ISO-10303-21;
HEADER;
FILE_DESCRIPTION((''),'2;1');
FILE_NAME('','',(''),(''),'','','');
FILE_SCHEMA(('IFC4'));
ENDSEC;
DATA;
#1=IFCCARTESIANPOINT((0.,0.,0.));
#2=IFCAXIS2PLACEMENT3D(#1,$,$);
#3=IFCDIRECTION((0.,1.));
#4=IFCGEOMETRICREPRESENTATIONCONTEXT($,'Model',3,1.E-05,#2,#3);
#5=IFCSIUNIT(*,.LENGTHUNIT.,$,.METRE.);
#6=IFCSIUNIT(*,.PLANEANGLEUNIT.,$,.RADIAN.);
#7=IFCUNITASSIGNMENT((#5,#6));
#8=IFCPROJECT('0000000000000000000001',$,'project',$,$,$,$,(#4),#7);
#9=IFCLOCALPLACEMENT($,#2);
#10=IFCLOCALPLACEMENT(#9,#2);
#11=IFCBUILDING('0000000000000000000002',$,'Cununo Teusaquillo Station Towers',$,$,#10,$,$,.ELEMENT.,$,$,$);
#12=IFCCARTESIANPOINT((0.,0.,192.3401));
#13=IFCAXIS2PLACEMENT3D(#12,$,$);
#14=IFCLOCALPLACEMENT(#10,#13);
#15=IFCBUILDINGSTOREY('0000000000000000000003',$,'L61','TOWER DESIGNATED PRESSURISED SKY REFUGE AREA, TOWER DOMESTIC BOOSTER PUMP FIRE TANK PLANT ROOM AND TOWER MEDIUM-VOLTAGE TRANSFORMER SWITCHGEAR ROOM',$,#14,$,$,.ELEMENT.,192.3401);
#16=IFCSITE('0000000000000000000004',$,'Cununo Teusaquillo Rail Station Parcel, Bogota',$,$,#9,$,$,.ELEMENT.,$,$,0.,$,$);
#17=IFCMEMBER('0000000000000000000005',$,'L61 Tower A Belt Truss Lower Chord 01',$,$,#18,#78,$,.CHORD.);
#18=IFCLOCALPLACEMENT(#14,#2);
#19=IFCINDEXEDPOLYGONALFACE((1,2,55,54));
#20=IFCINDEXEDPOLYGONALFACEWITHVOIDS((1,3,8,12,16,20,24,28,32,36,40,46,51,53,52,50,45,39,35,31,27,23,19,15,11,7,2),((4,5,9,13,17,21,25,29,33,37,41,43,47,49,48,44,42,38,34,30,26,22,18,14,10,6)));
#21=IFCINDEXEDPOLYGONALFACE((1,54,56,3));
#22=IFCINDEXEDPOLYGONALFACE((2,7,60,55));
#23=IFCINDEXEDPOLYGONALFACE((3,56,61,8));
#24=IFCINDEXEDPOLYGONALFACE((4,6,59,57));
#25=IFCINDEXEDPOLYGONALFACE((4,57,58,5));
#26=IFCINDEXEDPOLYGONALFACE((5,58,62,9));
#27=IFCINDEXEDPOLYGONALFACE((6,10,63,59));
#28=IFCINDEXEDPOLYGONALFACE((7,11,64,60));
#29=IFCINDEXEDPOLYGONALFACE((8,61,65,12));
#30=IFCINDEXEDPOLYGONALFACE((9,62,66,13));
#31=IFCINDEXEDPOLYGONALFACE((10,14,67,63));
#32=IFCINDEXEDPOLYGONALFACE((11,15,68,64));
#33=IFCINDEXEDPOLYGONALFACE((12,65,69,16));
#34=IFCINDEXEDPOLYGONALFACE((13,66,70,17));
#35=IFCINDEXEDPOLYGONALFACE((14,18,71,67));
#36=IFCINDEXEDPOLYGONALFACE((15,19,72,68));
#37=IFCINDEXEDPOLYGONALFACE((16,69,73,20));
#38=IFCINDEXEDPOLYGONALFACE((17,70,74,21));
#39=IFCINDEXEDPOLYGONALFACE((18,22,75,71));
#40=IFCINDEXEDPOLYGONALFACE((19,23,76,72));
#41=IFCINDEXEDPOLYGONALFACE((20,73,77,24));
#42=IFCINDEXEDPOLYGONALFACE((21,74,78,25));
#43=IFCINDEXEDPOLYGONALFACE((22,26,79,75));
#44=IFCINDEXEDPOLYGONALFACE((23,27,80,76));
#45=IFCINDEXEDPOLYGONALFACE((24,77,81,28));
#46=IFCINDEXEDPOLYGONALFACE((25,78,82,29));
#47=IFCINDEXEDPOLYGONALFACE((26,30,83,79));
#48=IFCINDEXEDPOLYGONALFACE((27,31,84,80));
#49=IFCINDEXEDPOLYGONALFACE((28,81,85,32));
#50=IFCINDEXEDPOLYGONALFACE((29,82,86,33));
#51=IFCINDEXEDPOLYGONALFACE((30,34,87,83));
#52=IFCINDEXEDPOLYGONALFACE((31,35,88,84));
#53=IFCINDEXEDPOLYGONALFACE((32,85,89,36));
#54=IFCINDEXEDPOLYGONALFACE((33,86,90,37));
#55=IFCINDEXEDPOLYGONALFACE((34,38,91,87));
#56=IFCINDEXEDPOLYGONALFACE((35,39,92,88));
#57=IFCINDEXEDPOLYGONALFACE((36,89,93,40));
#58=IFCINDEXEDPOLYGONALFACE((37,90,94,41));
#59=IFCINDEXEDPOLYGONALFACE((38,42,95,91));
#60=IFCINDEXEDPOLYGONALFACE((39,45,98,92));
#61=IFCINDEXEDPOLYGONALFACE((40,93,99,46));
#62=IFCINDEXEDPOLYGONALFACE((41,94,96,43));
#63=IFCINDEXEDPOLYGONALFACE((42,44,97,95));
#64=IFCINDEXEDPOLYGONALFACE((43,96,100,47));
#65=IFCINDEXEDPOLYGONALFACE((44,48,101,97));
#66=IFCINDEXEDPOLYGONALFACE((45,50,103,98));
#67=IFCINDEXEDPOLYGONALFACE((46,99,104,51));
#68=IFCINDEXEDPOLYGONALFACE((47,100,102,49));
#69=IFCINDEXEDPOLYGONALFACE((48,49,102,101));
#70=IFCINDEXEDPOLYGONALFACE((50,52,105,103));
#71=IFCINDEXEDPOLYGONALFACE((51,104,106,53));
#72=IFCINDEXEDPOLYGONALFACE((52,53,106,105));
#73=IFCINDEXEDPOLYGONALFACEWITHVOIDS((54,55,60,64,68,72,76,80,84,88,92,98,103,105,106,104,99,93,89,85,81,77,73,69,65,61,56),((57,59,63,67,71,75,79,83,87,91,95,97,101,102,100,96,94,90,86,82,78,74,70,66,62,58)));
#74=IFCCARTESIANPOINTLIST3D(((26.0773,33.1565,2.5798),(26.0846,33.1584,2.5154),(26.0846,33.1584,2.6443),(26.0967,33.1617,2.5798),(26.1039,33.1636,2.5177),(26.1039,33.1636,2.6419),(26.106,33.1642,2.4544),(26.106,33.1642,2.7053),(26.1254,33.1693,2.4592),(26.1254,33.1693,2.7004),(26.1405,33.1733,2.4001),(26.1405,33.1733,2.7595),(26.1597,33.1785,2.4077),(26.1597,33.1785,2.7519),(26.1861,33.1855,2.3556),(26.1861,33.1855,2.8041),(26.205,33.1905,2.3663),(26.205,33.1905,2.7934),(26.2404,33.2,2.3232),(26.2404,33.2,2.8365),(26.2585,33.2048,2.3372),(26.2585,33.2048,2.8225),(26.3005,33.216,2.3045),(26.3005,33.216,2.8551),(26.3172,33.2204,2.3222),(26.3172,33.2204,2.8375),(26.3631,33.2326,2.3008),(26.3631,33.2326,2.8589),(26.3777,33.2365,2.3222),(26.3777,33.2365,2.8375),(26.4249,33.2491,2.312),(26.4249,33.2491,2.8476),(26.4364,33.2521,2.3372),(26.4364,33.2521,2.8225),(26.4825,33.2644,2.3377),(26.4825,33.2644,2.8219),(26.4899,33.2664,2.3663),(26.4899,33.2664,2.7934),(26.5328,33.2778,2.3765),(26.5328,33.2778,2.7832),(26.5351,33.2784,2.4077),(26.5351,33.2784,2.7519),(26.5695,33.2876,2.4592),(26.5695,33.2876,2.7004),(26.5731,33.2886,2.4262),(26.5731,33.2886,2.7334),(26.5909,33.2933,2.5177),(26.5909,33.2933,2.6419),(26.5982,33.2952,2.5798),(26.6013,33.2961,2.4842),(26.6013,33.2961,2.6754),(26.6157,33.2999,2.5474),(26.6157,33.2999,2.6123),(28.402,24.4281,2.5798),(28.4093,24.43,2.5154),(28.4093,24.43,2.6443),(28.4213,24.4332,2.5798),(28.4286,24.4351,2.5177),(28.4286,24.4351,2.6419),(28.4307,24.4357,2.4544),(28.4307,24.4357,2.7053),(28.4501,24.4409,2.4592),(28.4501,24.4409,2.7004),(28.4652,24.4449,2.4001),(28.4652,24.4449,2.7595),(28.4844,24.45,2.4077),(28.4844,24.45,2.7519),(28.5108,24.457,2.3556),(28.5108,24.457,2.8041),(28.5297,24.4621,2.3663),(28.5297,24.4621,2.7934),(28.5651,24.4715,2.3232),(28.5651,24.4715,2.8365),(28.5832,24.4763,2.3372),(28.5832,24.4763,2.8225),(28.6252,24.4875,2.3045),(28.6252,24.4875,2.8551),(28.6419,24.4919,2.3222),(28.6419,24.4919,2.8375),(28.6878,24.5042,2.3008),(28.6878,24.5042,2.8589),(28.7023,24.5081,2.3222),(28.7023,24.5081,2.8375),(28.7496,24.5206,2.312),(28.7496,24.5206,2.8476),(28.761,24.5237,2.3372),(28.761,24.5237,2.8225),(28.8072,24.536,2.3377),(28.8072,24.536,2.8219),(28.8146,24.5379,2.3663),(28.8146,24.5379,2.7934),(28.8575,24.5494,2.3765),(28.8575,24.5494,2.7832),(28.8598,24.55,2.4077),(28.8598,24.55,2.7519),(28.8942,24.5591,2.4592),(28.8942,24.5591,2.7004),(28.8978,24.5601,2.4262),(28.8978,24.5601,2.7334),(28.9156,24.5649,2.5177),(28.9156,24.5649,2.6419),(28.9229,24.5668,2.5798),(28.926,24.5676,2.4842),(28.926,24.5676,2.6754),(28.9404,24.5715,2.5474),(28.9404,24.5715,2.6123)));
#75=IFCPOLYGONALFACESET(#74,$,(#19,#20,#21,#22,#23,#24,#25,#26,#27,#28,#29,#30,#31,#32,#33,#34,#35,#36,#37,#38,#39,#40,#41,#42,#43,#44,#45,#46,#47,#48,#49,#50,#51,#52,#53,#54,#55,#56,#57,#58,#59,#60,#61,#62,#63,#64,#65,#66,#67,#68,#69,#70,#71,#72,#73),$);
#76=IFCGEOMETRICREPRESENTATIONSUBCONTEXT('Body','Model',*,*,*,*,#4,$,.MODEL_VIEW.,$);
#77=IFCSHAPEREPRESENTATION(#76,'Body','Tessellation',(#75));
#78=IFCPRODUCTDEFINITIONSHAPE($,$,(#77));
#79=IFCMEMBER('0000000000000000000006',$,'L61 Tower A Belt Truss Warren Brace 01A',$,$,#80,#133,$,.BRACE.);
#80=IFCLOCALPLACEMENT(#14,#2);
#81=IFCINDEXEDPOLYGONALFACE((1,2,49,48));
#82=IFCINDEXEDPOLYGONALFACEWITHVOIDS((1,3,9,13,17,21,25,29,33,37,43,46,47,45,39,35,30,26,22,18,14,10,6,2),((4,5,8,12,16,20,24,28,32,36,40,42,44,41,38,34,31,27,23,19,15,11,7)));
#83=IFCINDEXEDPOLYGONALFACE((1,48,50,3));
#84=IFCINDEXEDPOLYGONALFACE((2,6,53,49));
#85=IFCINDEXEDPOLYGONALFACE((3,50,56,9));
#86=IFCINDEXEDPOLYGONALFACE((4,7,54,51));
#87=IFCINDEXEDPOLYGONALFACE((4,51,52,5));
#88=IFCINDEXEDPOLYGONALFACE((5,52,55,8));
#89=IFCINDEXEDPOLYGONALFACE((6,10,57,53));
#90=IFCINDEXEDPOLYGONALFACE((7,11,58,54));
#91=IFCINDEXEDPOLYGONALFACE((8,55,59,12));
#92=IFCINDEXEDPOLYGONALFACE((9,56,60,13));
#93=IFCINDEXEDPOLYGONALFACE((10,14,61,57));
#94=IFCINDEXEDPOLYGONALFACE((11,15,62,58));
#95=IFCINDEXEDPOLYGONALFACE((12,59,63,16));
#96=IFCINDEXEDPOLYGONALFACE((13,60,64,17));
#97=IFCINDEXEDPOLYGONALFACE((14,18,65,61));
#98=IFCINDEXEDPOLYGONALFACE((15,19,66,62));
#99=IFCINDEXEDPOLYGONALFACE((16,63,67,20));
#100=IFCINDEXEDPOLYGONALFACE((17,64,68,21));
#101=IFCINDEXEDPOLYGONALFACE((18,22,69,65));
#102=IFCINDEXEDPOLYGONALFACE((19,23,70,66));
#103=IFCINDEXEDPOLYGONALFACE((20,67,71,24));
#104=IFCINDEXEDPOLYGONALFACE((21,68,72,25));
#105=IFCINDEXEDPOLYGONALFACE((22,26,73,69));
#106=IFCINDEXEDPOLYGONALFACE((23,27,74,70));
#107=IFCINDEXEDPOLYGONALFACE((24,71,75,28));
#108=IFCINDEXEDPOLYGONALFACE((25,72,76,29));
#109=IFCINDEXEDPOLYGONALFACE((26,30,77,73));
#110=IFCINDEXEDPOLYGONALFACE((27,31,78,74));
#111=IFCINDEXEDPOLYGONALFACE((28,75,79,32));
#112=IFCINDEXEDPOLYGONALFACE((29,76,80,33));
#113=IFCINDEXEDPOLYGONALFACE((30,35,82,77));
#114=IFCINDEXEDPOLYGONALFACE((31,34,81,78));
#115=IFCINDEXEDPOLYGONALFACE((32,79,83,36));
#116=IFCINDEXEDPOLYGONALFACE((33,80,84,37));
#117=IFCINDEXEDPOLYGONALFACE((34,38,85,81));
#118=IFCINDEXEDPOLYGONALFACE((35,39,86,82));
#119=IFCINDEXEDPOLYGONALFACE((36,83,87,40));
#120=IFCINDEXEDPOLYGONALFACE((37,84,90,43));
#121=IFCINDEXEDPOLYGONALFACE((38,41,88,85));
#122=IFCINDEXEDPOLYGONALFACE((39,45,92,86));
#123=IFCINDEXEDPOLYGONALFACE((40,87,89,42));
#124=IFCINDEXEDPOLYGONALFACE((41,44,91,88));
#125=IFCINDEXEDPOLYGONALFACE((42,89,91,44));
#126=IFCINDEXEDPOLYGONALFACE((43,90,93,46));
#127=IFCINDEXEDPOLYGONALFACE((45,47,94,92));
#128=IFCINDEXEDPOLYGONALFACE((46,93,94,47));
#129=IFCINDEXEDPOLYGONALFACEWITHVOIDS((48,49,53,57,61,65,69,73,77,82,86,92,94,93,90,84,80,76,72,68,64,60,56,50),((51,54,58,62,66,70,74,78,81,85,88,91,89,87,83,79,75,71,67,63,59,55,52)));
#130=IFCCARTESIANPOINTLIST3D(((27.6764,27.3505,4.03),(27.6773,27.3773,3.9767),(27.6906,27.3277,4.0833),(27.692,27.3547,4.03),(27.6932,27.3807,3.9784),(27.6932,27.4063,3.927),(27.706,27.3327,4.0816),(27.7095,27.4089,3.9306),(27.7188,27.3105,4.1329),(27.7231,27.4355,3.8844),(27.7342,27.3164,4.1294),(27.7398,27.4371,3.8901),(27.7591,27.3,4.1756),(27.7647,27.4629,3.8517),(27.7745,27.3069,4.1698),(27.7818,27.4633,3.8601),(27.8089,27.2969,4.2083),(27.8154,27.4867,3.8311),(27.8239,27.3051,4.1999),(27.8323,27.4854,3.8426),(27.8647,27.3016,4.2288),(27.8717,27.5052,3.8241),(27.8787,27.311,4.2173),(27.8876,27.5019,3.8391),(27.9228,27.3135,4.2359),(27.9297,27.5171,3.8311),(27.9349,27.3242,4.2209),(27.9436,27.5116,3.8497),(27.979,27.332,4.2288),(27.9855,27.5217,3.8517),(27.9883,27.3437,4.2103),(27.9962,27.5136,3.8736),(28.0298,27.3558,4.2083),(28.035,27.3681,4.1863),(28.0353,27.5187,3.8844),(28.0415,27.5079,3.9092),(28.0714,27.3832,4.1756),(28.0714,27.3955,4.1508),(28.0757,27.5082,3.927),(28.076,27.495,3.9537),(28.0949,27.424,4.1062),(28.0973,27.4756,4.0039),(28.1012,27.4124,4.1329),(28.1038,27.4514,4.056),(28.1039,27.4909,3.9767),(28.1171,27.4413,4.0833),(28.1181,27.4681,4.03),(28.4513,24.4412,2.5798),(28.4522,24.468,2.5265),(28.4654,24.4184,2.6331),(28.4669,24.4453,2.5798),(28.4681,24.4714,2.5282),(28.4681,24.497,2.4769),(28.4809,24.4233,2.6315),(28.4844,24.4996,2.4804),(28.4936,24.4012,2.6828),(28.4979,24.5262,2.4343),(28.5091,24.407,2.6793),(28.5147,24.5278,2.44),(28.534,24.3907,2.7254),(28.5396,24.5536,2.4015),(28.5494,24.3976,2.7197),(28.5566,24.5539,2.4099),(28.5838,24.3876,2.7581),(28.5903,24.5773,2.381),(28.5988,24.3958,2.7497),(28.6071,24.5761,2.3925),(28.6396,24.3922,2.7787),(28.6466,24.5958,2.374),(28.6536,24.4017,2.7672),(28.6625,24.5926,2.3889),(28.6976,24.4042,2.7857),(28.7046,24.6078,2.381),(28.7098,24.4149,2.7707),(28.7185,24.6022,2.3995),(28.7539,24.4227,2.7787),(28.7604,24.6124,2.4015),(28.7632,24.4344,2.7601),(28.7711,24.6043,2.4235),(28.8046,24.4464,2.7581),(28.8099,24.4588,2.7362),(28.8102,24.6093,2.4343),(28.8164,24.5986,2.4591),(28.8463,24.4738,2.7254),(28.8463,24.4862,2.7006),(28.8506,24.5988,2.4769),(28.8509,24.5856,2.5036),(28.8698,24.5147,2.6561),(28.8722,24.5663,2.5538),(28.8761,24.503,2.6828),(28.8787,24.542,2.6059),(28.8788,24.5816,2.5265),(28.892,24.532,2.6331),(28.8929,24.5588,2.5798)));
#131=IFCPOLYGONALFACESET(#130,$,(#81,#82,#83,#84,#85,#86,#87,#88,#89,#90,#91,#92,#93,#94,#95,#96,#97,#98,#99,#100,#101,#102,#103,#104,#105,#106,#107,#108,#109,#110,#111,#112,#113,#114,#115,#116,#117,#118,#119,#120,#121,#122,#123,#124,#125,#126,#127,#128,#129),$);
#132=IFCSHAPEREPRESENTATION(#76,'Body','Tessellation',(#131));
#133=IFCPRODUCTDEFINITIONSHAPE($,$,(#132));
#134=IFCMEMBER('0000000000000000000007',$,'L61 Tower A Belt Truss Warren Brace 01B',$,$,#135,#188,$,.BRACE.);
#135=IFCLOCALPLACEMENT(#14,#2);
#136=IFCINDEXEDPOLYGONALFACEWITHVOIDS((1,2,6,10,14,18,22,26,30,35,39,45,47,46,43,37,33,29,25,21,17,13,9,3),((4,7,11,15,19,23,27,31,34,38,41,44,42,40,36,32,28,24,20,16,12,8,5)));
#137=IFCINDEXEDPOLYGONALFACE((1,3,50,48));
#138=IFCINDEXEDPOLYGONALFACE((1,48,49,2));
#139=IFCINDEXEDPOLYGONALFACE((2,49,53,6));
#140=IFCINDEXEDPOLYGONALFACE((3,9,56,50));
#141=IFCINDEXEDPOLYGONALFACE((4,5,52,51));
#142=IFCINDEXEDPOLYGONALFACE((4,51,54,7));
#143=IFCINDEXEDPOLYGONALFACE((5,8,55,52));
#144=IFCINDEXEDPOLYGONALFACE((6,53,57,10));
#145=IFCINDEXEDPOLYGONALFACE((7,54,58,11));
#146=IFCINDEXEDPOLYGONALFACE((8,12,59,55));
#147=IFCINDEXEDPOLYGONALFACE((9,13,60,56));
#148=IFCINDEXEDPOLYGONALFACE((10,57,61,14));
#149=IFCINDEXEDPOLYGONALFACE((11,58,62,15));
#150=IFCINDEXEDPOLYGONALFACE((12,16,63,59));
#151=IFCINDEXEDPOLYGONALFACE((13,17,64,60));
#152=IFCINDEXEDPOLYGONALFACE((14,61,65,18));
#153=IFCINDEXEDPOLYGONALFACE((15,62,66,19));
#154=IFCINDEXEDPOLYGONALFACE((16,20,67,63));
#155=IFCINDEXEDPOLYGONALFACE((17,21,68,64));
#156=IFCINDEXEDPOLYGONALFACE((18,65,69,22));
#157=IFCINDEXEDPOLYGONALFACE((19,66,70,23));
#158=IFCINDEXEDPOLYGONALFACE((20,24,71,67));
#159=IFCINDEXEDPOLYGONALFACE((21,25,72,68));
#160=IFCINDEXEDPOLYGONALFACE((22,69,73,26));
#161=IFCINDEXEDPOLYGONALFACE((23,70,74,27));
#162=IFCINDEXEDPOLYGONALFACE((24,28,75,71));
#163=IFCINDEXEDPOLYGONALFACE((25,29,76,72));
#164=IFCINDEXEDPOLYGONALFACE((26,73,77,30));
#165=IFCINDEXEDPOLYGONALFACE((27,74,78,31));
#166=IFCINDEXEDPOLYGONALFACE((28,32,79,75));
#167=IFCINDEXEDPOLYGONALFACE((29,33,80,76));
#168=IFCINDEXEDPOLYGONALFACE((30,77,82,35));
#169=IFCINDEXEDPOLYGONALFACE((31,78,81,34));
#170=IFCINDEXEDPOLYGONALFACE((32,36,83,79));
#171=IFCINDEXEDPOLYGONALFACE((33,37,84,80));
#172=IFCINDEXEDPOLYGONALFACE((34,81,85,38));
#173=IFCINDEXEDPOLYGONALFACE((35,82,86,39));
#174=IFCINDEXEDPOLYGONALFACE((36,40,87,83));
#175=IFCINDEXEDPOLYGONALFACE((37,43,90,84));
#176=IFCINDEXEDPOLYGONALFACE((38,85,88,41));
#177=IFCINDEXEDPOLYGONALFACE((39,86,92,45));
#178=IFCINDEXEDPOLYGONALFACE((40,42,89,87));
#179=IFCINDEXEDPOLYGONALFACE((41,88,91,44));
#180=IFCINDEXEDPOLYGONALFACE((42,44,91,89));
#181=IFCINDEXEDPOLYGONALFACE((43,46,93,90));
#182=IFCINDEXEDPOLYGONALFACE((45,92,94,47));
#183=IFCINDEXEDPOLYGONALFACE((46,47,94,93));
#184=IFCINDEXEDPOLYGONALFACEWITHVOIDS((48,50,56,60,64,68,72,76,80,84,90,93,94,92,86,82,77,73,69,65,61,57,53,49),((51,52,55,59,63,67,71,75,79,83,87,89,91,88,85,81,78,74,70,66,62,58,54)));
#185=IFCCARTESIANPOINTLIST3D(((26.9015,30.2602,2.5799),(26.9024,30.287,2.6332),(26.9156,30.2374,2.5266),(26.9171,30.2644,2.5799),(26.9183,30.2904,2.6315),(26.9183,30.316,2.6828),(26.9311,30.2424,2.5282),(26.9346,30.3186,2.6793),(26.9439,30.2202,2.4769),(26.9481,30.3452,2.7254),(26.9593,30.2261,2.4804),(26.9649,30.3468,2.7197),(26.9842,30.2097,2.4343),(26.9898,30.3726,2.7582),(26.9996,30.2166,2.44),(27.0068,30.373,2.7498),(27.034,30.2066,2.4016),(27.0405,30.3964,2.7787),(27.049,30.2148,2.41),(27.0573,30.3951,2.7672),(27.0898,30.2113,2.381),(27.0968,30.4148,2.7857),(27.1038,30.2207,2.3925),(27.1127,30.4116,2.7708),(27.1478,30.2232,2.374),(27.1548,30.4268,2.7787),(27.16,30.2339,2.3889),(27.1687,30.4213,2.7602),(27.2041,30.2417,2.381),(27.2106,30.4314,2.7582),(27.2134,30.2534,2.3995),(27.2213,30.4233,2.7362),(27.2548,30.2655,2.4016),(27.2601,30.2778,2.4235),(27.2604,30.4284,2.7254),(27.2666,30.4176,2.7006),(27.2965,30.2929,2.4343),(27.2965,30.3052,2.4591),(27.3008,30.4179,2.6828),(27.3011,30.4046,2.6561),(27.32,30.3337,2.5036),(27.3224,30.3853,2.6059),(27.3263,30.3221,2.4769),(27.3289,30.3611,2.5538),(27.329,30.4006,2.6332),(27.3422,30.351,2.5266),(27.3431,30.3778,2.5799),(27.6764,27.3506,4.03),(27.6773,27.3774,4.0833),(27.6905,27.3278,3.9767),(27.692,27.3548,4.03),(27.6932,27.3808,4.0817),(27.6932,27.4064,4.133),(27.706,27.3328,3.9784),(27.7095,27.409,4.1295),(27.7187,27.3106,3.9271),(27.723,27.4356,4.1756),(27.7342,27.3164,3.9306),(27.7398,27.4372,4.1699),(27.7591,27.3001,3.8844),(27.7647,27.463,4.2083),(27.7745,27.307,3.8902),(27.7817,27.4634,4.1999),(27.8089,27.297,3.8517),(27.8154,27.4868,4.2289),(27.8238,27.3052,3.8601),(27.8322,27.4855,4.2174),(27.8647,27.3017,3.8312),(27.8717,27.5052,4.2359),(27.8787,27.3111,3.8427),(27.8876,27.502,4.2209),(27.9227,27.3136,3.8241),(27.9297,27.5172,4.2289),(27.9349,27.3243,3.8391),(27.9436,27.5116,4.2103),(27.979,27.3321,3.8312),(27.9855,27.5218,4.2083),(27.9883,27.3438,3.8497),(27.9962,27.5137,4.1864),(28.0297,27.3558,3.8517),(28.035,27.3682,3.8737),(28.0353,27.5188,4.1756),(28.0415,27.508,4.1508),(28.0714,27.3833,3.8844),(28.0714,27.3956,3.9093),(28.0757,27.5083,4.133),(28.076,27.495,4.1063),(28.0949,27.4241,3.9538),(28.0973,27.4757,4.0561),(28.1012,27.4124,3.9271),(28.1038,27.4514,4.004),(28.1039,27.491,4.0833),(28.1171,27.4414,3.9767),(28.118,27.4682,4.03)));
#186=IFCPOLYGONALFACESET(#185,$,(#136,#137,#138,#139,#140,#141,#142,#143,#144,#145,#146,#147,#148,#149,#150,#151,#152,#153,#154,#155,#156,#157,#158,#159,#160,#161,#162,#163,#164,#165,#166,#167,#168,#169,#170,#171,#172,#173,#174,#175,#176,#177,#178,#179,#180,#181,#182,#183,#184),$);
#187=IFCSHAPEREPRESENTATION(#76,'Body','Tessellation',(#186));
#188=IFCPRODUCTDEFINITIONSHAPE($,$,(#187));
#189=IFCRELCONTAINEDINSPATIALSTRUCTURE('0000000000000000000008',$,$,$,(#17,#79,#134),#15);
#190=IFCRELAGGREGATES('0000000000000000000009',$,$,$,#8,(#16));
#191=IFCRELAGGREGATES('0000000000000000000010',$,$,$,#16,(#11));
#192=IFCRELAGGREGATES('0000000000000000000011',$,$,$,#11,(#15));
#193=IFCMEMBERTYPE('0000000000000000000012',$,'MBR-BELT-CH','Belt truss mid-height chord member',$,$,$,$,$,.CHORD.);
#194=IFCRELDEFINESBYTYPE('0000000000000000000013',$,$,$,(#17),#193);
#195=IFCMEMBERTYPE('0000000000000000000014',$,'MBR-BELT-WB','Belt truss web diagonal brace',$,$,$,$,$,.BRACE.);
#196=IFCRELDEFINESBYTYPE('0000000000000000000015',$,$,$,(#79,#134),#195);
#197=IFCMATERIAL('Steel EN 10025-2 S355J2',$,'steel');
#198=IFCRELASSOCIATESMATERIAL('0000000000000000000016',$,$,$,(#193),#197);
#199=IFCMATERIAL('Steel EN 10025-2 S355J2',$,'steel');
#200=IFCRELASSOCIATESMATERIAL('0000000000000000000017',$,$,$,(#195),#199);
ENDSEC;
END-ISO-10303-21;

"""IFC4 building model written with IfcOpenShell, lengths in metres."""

from ifc_helpers import new_model, si_unit, direction, frame, origin, origin_2d, place, context, subcontext, project, spatial, hollow_circle, extrude, material, material_profile, profile_set, type_object, element, save


model = new_model("IFC4")

# Units and contexts
model_context = context("Model", 3, precision=1e-05, world=origin(), true_north=direction((0.0, 1.0)))
body_context = subcontext(model_context, "Body", "Model", "MODEL_VIEW")
ifc_project = project(units=[si_unit("LENGTHUNIT", "METRE"), si_unit("PLANEANGLEUNIT", "RADIAN")], contexts=[model_context])

# Site, building, storey
site_placement = place(None, origin())
site = spatial("IfcSite", under=ifc_project, at=site_placement, Name="Cununo Teusaquillo Rail Station Parcel, Bogota", CompositionType="ELEMENT", RefElevation=0.0)
building_placement = place(site_placement, origin())
building = spatial("IfcBuilding", under=site, at=building_placement, Name="Cununo Teusaquillo Station Towers", CompositionType="ELEMENT")
storey_placement = place(building_placement, frame((0.0, 0.0, 192.3401)))
storey = spatial("IfcBuildingStorey", under=building, at=storey_placement, Name="L61", Description="TOWER DESIGNATED PRESSURISED SKY REFUGE AREA, TOWER DOMESTIC BOOSTER PUMP FIRE TANK PLANT ROOM AND TOWER MEDIUM-VOLTAGE TRANSFORMER SWITCHGEAR ROOM", CompositionType="ELEMENT", Elevation=192.3401)

# Members
ifc_material_1 = material(Name="Steel EN 10025-2 S355J2", Category="steel")
ifc_material_profile_1 = material_profile(ifc_material_1, hollow_circle(Radius=0.2795, WallThickness=0.02, at=origin_2d()), Name="CHS 559x20")
ifc_profile_set_1 = profile_set([ifc_material_profile_1], Name="Steel EN 10025-2 S355J2")
member_type_1 = type_object("IfcMemberType", Name="MBR-BELT-CH", Description="Belt truss mid-height chord member", PredefinedType="CHORD", material=ifc_profile_set_1)
member_1_placement = place(storey_placement, frame((28.6721, 24.5, 2.5798), z_axis=(-0.257363, 0.966315, 0.0), x_axis=(-0.966315, -0.257363, 0.0)))
element("IfcMember", 1, at=member_1_placement, inside=storey, type_object=member_type_1, Name="L61 Tower A Belt Truss Lower Chord 01", PredefinedType="CHORD", context=body_context, shape_type="SweptSolid", body=[
    extrude(hollow_circle(Radius=0.2795, WallThickness=0.02, at=origin_2d()), origin(), (0.0, 0.0, 1.0), 9.0327),
])
ifc_material_2 = material(Name="Steel EN 10025-2 S355J2", Category="steel")
ifc_material_profile_2 = material_profile(ifc_material_2, hollow_circle(Radius=0.2285, WallThickness=0.0161, at=origin_2d()), Name="CHS 457x16")
ifc_profile_set_2 = profile_set([ifc_material_profile_2], Name="Steel EN 10025-2 S355J2")
member_type_2 = type_object("IfcMemberType", Name="MBR-BELT-WB", Description="Belt truss web diagonal brace", PredefinedType="BRACE", material=ifc_profile_set_2)
member_2_placement = place(storey_placement, frame((28.6721, 24.5, 2.5798), z_axis=(-0.231875, 0.87059, 0.433944), x_axis=(-0.966313, -0.25737, 0.0)))
element("IfcMember", 2, at=member_2_placement, inside=storey, type_object=member_type_2, Name="L61 Tower A Belt Truss Warren Brace 01A", PredefinedType="BRACE", context=body_context, shape_type="SweptSolid", body=[
    extrude(hollow_circle(Radius=0.2285, WallThickness=0.0161, at=origin_2d()), origin(), (0.0, 0.0, 1.0), 3.3418),
])
member_3_placement = place(storey_placement, frame((27.8972, 27.4094, 4.03), z_axis=(-0.23186, 0.870608, -0.433916), x_axis=(-0.966318, -0.25735, 0.0)))
element("IfcMember", 3, at=member_3_placement, inside=storey, type_object=member_type_2, Name="L61 Tower A Belt Truss Warren Brace 01B", PredefinedType="BRACE", context=body_context, shape_type="SweptSolid", body=[
    extrude(hollow_circle(Radius=0.2285, WallThickness=0.0161, at=origin_2d()), origin(), (0.0, 0.0, 1.0), 3.342),
])

save(model, "model.ifc")
